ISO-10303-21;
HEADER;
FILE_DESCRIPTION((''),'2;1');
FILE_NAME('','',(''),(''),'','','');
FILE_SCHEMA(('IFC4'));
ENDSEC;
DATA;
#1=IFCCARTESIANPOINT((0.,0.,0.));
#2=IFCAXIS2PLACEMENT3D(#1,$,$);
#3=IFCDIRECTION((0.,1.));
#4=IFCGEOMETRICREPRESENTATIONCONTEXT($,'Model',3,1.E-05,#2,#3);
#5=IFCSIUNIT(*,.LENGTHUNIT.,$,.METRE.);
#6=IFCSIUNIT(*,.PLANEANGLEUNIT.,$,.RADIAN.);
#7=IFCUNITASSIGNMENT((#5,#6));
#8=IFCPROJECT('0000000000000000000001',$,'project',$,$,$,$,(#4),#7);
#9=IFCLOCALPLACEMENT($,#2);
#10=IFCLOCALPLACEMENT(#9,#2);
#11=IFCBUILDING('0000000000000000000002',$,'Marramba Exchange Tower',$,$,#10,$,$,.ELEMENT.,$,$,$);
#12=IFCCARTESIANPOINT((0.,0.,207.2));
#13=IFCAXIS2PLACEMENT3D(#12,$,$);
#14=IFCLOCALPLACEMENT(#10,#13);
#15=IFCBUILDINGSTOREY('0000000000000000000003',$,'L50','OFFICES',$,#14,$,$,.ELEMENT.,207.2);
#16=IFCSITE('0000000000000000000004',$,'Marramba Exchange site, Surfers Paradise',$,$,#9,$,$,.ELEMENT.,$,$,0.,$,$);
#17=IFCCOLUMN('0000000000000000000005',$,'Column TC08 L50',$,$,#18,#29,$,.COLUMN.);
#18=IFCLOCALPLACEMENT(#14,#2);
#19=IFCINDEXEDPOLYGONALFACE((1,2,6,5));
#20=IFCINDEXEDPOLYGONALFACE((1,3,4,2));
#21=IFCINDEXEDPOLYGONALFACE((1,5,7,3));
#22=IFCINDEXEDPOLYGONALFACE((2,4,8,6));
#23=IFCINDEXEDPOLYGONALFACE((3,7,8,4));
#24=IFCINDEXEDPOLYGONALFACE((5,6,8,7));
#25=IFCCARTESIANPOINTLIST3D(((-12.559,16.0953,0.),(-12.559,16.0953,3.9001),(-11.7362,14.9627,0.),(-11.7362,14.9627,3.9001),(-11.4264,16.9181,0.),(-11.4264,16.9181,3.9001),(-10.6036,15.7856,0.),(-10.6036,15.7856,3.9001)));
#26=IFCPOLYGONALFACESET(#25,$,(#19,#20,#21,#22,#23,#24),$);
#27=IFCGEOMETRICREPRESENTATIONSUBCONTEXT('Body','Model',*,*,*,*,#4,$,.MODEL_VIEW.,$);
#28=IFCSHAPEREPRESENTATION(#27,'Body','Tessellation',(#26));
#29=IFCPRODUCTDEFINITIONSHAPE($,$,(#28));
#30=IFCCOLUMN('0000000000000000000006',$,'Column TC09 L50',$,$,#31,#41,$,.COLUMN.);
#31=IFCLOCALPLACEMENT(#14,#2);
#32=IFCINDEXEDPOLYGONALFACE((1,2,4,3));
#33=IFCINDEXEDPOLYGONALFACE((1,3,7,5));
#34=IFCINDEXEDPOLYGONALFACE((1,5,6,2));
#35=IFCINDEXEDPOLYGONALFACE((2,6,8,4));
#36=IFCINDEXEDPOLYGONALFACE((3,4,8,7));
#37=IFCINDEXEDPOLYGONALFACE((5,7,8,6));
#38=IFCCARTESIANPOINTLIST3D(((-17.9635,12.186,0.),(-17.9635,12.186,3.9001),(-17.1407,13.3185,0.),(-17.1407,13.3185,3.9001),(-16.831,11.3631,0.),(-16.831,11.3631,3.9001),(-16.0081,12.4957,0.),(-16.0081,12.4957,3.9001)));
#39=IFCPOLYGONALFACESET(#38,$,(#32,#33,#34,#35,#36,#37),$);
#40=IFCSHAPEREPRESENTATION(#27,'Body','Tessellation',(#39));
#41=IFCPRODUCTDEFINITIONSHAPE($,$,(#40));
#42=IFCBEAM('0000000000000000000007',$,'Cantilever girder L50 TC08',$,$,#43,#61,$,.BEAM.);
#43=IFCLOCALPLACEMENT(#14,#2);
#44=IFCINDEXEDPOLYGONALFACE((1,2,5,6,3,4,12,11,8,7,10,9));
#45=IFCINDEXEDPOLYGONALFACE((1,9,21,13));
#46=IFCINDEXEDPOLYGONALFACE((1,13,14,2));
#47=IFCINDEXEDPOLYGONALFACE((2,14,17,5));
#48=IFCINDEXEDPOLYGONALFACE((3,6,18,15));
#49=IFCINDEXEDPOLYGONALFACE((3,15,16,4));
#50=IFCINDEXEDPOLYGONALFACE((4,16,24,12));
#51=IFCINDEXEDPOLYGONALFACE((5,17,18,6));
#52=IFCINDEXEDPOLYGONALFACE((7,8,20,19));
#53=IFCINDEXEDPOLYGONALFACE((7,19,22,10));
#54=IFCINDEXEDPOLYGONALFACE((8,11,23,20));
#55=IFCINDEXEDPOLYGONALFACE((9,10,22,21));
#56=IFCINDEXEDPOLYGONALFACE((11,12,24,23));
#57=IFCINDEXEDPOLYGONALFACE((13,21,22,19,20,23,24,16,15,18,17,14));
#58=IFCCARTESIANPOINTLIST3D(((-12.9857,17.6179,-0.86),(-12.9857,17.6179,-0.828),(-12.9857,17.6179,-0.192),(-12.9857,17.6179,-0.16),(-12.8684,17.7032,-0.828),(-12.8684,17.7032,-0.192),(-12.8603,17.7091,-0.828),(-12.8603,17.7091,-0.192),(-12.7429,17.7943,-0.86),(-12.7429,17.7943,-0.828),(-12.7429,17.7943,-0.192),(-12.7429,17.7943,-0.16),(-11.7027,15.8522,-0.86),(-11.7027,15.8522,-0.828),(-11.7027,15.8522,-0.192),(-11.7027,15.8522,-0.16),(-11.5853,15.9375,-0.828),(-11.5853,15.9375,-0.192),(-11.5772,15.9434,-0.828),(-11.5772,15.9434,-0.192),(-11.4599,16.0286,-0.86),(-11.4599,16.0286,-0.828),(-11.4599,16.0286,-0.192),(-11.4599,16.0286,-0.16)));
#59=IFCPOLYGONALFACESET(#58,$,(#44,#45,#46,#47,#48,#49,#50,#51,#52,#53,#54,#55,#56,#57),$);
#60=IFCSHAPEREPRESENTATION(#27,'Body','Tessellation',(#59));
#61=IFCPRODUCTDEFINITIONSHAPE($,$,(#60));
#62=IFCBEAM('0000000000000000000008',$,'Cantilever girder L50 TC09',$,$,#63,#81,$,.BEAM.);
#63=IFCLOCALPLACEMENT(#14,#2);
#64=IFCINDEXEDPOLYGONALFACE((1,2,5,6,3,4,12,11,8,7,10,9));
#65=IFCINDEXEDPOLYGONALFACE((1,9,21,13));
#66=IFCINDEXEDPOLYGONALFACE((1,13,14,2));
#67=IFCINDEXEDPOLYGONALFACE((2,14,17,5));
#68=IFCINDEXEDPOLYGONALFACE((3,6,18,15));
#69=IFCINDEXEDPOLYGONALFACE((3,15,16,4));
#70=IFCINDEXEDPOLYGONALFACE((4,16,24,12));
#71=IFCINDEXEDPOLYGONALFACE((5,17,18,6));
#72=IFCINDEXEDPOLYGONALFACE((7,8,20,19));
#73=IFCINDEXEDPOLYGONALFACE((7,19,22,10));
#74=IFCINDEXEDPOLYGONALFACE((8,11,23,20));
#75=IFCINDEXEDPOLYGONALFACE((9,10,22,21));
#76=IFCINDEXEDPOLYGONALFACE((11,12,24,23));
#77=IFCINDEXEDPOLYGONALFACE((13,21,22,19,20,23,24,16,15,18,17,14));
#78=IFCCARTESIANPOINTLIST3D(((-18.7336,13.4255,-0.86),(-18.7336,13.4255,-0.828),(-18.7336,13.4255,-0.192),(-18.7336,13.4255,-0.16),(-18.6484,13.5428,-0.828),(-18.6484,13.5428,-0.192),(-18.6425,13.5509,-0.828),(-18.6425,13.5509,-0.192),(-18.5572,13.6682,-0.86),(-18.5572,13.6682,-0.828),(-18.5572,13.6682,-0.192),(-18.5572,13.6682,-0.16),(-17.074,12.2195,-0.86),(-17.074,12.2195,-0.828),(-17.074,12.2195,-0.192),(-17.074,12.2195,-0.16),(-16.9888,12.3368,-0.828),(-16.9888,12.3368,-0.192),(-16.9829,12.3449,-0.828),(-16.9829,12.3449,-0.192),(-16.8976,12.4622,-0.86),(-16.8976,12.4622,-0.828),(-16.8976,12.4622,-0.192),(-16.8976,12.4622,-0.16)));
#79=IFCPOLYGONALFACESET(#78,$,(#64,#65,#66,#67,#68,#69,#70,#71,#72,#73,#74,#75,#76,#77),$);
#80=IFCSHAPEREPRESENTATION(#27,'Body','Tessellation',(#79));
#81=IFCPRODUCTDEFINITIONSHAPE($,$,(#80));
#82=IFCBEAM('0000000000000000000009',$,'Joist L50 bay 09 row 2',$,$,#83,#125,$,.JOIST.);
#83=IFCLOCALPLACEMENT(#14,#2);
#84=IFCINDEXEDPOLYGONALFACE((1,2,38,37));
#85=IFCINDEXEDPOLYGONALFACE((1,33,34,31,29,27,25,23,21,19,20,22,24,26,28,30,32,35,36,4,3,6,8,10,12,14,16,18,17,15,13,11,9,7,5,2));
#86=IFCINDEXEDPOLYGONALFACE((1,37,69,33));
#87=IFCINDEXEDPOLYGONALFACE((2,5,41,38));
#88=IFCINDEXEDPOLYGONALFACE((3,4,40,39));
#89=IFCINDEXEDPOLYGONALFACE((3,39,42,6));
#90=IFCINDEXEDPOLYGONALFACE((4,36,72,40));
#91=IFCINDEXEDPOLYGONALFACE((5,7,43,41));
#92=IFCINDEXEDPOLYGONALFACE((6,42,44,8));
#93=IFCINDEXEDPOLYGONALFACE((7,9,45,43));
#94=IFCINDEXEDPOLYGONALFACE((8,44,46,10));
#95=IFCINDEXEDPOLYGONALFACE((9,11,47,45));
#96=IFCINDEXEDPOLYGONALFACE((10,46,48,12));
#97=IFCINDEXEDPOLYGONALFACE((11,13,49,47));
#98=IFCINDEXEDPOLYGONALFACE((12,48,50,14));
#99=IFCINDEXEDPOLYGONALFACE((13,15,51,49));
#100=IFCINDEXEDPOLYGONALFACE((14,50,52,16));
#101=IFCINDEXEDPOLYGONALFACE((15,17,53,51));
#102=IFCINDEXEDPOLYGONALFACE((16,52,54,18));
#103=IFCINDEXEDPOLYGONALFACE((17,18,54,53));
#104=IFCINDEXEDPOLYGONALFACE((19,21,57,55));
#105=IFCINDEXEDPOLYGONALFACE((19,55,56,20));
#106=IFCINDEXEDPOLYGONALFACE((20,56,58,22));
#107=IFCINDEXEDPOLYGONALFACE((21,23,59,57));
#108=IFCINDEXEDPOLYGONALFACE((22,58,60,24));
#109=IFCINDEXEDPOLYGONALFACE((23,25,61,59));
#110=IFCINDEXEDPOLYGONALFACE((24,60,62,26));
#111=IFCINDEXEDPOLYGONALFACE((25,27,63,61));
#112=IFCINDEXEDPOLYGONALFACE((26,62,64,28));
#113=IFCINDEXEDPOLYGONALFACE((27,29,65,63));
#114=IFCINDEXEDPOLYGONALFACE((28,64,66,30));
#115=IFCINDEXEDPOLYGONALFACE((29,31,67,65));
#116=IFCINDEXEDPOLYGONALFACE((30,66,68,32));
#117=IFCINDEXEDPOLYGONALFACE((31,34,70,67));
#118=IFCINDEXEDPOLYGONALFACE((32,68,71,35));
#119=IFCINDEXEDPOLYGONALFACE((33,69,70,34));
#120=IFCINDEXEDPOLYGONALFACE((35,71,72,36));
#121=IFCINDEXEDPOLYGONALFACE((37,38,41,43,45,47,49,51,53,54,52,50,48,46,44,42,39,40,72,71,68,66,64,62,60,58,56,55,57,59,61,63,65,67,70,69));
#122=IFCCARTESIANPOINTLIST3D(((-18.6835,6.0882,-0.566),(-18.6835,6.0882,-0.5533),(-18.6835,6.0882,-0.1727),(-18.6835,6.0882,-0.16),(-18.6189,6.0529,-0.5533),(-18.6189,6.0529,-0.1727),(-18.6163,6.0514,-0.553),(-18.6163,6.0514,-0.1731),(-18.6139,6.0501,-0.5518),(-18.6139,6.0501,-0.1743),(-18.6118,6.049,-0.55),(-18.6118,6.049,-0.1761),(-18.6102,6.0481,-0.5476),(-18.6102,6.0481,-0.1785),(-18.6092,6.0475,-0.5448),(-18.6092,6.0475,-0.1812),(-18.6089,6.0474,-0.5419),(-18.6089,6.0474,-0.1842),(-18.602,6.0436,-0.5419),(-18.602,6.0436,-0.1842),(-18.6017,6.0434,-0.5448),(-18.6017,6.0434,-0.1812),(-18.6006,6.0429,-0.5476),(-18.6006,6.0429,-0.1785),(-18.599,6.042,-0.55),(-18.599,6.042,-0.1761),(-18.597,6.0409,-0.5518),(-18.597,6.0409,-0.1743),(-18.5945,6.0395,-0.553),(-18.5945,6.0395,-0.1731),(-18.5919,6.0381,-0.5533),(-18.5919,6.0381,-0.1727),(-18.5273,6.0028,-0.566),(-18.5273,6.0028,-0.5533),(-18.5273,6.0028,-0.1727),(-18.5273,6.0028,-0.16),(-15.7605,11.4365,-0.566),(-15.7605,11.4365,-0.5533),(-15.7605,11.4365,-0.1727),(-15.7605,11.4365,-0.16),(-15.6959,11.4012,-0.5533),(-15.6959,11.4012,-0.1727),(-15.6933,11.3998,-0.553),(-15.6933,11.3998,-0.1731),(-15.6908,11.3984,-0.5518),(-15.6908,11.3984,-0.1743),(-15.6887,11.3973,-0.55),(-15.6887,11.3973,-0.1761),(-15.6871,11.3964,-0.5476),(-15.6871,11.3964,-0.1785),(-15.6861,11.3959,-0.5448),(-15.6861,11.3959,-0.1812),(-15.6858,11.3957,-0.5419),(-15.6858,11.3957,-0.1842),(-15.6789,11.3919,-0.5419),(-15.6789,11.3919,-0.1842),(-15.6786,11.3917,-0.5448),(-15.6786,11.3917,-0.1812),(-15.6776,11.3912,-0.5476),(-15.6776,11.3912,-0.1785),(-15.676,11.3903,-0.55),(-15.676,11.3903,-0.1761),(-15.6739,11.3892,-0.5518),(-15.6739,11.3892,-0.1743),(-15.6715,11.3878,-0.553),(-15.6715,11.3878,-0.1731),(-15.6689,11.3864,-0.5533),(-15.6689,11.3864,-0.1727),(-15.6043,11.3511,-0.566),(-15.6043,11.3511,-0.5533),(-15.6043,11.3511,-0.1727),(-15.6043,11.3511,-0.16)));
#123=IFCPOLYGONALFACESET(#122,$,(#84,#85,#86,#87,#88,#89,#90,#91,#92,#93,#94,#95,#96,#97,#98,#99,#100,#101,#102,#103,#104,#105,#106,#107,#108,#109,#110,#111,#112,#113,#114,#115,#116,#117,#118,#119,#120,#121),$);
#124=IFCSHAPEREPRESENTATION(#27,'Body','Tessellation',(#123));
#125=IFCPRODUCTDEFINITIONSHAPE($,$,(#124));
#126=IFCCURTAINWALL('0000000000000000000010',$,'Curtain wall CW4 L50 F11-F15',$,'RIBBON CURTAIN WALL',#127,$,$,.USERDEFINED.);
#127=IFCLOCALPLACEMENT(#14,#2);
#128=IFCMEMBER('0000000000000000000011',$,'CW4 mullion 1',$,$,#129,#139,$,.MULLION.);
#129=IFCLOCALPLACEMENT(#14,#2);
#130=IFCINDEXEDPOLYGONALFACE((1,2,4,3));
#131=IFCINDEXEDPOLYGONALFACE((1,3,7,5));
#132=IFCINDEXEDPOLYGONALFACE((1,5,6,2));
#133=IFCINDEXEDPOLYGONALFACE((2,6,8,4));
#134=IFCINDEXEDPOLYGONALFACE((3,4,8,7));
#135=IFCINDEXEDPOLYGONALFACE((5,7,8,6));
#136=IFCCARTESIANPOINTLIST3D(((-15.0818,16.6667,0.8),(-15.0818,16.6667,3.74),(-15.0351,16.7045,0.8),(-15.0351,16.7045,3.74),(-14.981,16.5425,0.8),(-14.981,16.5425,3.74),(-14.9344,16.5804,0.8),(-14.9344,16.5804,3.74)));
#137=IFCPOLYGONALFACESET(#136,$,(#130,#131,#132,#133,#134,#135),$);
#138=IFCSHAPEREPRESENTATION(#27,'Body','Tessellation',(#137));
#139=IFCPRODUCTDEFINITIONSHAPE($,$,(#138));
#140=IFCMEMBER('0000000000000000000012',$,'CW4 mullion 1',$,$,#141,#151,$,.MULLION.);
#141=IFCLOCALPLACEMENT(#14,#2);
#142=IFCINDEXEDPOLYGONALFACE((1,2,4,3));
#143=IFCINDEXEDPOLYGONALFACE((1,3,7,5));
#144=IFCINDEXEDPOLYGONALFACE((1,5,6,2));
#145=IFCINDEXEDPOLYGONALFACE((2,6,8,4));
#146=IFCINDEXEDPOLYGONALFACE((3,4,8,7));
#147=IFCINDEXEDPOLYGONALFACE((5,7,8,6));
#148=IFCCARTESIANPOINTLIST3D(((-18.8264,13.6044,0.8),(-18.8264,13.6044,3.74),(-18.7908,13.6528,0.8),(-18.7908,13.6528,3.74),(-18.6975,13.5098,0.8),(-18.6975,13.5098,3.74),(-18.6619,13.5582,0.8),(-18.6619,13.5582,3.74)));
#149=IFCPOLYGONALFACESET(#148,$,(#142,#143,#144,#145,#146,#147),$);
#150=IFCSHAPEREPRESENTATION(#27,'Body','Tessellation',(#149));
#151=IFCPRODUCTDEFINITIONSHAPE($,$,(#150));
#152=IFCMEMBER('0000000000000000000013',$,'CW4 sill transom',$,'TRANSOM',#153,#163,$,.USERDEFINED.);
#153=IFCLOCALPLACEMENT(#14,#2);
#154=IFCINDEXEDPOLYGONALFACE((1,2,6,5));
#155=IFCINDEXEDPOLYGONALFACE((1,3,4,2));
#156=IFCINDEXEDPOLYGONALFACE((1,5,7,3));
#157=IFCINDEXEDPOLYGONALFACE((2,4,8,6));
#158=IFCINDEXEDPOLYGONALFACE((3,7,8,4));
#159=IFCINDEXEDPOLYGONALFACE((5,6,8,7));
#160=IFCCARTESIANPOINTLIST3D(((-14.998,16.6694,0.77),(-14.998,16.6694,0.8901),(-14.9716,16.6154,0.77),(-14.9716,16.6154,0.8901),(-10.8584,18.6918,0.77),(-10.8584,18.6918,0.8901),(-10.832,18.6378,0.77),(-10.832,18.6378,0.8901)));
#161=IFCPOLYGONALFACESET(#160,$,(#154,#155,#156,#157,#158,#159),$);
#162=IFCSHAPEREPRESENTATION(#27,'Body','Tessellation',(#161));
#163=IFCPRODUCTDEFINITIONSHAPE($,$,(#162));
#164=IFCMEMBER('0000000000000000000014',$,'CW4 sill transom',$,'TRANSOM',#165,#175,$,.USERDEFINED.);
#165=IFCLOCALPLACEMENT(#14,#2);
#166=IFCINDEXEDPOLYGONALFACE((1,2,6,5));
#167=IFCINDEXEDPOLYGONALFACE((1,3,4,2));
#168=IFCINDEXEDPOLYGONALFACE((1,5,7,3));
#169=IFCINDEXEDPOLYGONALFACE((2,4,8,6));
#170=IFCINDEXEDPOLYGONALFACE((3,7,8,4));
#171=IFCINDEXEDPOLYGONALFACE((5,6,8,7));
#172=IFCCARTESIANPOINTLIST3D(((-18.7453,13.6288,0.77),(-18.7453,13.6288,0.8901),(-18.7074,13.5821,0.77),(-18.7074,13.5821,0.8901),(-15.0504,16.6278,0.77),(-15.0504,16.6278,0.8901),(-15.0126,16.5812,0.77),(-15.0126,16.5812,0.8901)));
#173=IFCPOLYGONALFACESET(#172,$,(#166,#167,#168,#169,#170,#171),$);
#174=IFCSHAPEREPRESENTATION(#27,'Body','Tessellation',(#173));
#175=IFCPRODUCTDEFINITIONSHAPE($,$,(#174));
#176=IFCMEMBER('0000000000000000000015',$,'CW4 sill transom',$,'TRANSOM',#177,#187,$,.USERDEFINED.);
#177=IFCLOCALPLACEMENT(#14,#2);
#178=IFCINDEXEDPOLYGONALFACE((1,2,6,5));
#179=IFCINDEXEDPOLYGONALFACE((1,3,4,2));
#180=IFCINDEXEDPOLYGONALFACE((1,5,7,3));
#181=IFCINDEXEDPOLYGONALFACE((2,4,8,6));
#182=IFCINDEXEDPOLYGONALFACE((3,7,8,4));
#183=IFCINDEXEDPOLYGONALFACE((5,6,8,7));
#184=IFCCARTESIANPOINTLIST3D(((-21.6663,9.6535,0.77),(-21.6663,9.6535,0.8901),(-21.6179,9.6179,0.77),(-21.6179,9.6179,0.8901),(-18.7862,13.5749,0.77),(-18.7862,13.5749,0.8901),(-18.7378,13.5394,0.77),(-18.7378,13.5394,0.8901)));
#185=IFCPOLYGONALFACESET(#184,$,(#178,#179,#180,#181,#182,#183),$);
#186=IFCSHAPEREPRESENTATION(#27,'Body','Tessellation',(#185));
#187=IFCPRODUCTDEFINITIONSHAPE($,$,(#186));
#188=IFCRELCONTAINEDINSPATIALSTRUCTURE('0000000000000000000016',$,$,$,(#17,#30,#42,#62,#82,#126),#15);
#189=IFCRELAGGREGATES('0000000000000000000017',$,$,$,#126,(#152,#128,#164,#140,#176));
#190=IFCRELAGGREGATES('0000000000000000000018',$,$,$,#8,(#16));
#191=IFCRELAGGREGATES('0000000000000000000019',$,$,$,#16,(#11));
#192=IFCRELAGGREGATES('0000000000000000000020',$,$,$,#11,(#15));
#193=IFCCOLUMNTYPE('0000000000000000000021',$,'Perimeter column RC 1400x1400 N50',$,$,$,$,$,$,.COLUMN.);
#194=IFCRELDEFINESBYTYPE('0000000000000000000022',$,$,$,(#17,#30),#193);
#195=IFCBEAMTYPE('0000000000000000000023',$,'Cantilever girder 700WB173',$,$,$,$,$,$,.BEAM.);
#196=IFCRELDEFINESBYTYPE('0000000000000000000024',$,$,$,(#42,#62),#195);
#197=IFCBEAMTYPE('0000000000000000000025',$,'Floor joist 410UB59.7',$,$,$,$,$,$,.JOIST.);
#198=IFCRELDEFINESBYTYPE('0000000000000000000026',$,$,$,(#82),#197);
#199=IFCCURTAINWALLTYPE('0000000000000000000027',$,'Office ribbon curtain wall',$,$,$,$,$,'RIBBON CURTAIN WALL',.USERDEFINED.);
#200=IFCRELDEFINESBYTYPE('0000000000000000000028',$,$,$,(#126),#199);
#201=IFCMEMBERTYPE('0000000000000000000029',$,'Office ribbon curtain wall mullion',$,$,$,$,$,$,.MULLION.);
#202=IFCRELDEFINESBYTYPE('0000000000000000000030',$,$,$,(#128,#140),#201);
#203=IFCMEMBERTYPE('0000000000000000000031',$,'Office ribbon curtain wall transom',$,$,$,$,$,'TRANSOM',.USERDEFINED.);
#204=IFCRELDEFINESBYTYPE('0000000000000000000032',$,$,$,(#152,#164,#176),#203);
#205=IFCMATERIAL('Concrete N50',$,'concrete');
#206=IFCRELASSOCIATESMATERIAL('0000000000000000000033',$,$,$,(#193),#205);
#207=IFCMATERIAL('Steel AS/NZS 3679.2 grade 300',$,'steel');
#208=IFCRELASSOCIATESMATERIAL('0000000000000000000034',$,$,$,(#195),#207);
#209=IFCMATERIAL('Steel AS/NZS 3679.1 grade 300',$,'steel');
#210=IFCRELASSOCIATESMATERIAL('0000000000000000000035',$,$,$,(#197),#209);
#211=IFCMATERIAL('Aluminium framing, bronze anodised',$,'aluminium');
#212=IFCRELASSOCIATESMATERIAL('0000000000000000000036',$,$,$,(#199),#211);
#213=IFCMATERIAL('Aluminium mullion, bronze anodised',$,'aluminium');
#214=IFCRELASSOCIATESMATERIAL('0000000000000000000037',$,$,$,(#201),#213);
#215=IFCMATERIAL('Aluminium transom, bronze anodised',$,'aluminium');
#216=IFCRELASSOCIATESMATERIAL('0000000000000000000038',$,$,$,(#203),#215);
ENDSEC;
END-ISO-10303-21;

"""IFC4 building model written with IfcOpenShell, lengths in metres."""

from ifc_helpers import new_model, si_unit, direction, frame, origin, origin_2d, place, context, subcontext, project, spatial, rectangle, i_section, extrude, material, material_profile, profile_set, type_object, element, aggregate, save


model = new_model("IFC4")

# Units and contexts
model_context = context("Model", 3, precision=1e-05, world=origin(), true_north=direction((0.0, 1.0)))
body_context = subcontext(model_context, "Body", "Model", "MODEL_VIEW")
ifc_project = project(units=[si_unit("LENGTHUNIT", "METRE"), si_unit("PLANEANGLEUNIT", "RADIAN")], contexts=[model_context])

# Site, building, storey
site_placement = place(None, origin())
site = spatial("IfcSite", under=ifc_project, at=site_placement, Name="Marramba Exchange site, Surfers Paradise", CompositionType="ELEMENT", RefElevation=0.0)
building_placement = place(site_placement, origin())
building = spatial("IfcBuilding", under=site, at=building_placement, Name="Marramba Exchange Tower", CompositionType="ELEMENT")
storey_placement = place(building_placement, frame((0.0, 0.0, 207.2)))
storey = spatial("IfcBuildingStorey", under=building, at=storey_placement, Name="L50", Description="OFFICES", CompositionType="ELEMENT", Elevation=207.2)

# Columns
ifc_material_1 = material(Name="Concrete N50", Category="concrete")
ifc_material_profile_1 = material_profile(ifc_material_1, rectangle(XDim=1.3999, YDim=1.3999, at=origin_2d()), Name="RC 1400x1400")
ifc_profile_set_1 = profile_set([ifc_material_profile_1], Name="Concrete N50")
column_type = type_object("IfcColumnType", Name="Perimeter column RC 1400x1400 N50", PredefinedType="COLUMN", material=ifc_profile_set_1)
for number, where, z_axis, x_axis, name in (
    (1, (-11.5813, 15.9404, 0.0), (0.0, 0.0, 1.0), (-0.587785, 0.809017, 0.0), "Column TC08 L50"),
    (2, (-16.9858, 12.3408, 0.0), (0.0, 0.0, 1.0), (-0.809017, 0.587785, 0.0), "Column TC09 L50"),
):
    element("IfcColumn", number, at=place(storey_placement, frame(where, z_axis=z_axis, x_axis=x_axis)), inside=storey, type_object=column_type, Name=name, PredefinedType="COLUMN", context=body_context, shape_type="SweptSolid", body=[
        extrude(rectangle(XDim=1.3999, YDim=1.3999, at=origin_2d()), origin(), (0.0, 0.0, 1.0), 3.9001),
    ])

# Beams
ifc_material_2 = material(Name="Steel AS/NZS 3679.2 grade 300", Category="steel")
ifc_material_profile_2 = material_profile(ifc_material_2, i_section(OverallWidth=0.3, OverallDepth=0.7, WebThickness=0.01, FlangeThickness=0.032, at=origin_2d()), Name="700WB173")
ifc_profile_set_2 = profile_set([ifc_material_profile_2], Name="Steel AS/NZS 3679.2 grade 300")
beam_type_1 = type_object("IfcBeamType", Name="Cantilever girder 700WB173", PredefinedType="BEAM", material=ifc_profile_set_2)
beam_1_placement = place(storey_placement, frame((-11.5813, 15.9404, -0.51), z_axis=(-0.587832, 0.808983, 0.0), x_axis=(-0.808983, -0.587832, 0.0)))
element("IfcBeam", 3, at=beam_1_placement, inside=storey, type_object=beam_type_1, Name="Cantilever girder L50 TC08", PredefinedType="BEAM", context=body_context, shape_type="SweptSolid", body=[
    extrude(i_section(OverallWidth=0.3, OverallDepth=0.7, WebThickness=0.01, FlangeThickness=0.032, at=origin_2d()), origin(), (0.0, 0.0, 1.0), 2.1826),
])
beam_2_placement = place(storey_placement, frame((-16.9858, 12.3408, -0.51), z_axis=(-0.808962, 0.58786, 0.0), x_axis=(-0.58786, -0.808962, 0.0)))
element("IfcBeam", 4, at=beam_2_placement, inside=storey, type_object=beam_type_1, Name="Cantilever girder L50 TC09", PredefinedType="BEAM", context=body_context, shape_type="SweptSolid", body=[
    extrude(i_section(OverallWidth=0.3, OverallDepth=0.7, WebThickness=0.01, FlangeThickness=0.032, at=origin_2d()), origin(), (0.0, 0.0, 1.0), 2.0515),
])
ifc_material_3 = material(Name="Steel AS/NZS 3679.1 grade 300", Category="steel")
ifc_material_profile_3 = material_profile(ifc_material_3, i_section(OverallWidth=0.178, OverallDepth=0.406, WebThickness=0.0078, FlangeThickness=0.0127, FilletRadius=0.0115, at=origin_2d()), Name="410UB59.7")
ifc_profile_set_3 = profile_set([ifc_material_profile_3], Name="Steel AS/NZS 3679.1 grade 300")
beam_type_2 = type_object("IfcBeamType", Name="Floor joist 410UB59.7", PredefinedType="JOIST", material=ifc_profile_set_3)
beam_3_placement = place(storey_placement, frame((-15.6824, 11.3938, -0.363), z_axis=(-0.479584, -0.877496, 0.0), x_axis=(0.877496, -0.479584, 0.0)))
element("IfcBeam", 5, at=beam_3_placement, inside=storey, type_object=beam_type_2, Name="Joist L50 bay 09 row 2", PredefinedType="JOIST", context=body_context, shape_type="SweptSolid", body=[
    extrude(i_section(OverallWidth=0.178, OverallDepth=0.406, WebThickness=0.0078, FlangeThickness=0.0127, FilletRadius=0.0115, at=origin_2d()), origin(), (0.0, 0.0, 1.0), 6.095),
])

# Curtain wall, members
ifc_material_4 = material(Name="Aluminium framing, bronze anodised", Category="aluminium")
curtain_wall_type = type_object("IfcCurtainWallType", Name="Office ribbon curtain wall", ElementType="RIBBON CURTAIN WALL", PredefinedType="USERDEFINED", material=ifc_material_4)
curtain_wall_placement = place(storey_placement, origin())
curtain_wall = element("IfcCurtainWall", 6, at=curtain_wall_placement, inside=storey, type_object=curtain_wall_type, Name="Curtain wall CW4 L50 F11-F15", ObjectType="RIBBON CURTAIN WALL", PredefinedType="USERDEFINED")
ifc_material_5 = material(Name="Aluminium mullion, bronze anodised", Category="aluminium")
ifc_material_profile_4 = material_profile(ifc_material_5, rectangle(XDim=0.1599, YDim=0.0601, at=origin_2d()), Name="CW4 mullion 60x160")
ifc_profile_set_4 = profile_set([ifc_material_profile_4], Name="Aluminium mullion, bronze anodised")
member_type_1 = type_object("IfcMemberType", Name="Office ribbon curtain wall mullion", PredefinedType="MULLION", material=ifc_profile_set_4)
member_1_placement = place(storey_placement, frame((-15.0081, 16.6235, 0.8), z_axis=(0.0, 0.0, 1.0), x_axis=(0.630201, -0.776432, 0.0)))
member_1 = element("IfcMember", 7, at=member_1_placement, type_object=member_type_1, Name="CW4 mullion 1", PredefinedType="MULLION", context=body_context, shape_type="SweptSolid", body=[
    extrude(rectangle(XDim=0.1599, YDim=0.0601, at=origin_2d()), origin(), (0.0, 0.0, 1.0), 2.9399),
])
member_2_placement = place(storey_placement, frame((-18.7441, 13.5813, 0.8), z_axis=(0.0, 0.0, 1.0), x_axis=(0.805965, -0.591963, 0.0)))
member_2 = element("IfcMember", 8, at=member_2_placement, type_object=member_type_1, Name="CW4 mullion 1", PredefinedType="MULLION", context=body_context, shape_type="SweptSolid", body=[
    extrude(rectangle(XDim=0.1599, YDim=0.0601, at=origin_2d()), origin(), (0.0, 0.0, 1.0), 2.9399),
])
ifc_material_6 = material(Name="Aluminium transom, bronze anodised", Category="aluminium")
ifc_material_profile_5 = material_profile(ifc_material_6, rectangle(XDim=0.0601, YDim=0.1201, at=origin_2d()), Name="CW4 transom 60x120")
ifc_profile_set_5 = profile_set([ifc_material_profile_5], Name="Aluminium transom, bronze anodised")
member_type_2 = type_object("IfcMemberType", Name="Office ribbon curtain wall transom", ElementType="TRANSOM", PredefinedType="USERDEFINED", material=ifc_profile_set_5)
member_3_placement = place(storey_placement, frame((-10.8452, 18.6648, 0.8301), z_axis=(-0.898501, -0.438971, 0.0), x_axis=(0.438971, -0.898501, 0.0)))
member_3 = element("IfcMember", 9, at=member_3_placement, type_object=member_type_2, Name="CW4 sill transom", ObjectType="TRANSOM", PredefinedType="USERDEFINED", context=body_context, shape_type="SweptSolid", body=[
    extrude(rectangle(XDim=0.0601, YDim=0.1201, at=origin_2d()), origin(), (0.0, 0.0, 1.0), 4.6072),
])
member_4_placement = place(storey_placement, frame((-15.0315, 16.6045, 0.8301), z_axis=(-0.776425, -0.63021, 0.0), x_axis=(0.63021, -0.776425, 0.0)))
member_4 = element("IfcMember", 10, at=member_4_placement, type_object=member_type_2, Name="CW4 sill transom", ObjectType="TRANSOM", PredefinedType="USERDEFINED", context=body_context, shape_type="SweptSolid", body=[
    extrude(rectangle(XDim=0.0601, YDim=0.1201, at=origin_2d()), origin(), (0.0, 0.0, 1.0), 4.7588),
])
member_5_placement = place(storey_placement, frame((-18.762, 13.5571, 0.8301), z_axis=(-0.591957, -0.805969, 0.0), x_axis=(0.805969, -0.591957, 0.0)))
member_5 = element("IfcMember", 11, at=member_5_placement, type_object=member_type_2, Name="CW4 sill transom", ObjectType="TRANSOM", PredefinedType="USERDEFINED", context=body_context, shape_type="SweptSolid", body=[
    extrude(rectangle(XDim=0.0601, YDim=0.1201, at=origin_2d()), origin(), (0.0, 0.0, 1.0), 4.8655),
])

aggregate(curtain_wall, [member_3, member_1, member_4, member_2, member_5])

save(model, "model.ifc")
